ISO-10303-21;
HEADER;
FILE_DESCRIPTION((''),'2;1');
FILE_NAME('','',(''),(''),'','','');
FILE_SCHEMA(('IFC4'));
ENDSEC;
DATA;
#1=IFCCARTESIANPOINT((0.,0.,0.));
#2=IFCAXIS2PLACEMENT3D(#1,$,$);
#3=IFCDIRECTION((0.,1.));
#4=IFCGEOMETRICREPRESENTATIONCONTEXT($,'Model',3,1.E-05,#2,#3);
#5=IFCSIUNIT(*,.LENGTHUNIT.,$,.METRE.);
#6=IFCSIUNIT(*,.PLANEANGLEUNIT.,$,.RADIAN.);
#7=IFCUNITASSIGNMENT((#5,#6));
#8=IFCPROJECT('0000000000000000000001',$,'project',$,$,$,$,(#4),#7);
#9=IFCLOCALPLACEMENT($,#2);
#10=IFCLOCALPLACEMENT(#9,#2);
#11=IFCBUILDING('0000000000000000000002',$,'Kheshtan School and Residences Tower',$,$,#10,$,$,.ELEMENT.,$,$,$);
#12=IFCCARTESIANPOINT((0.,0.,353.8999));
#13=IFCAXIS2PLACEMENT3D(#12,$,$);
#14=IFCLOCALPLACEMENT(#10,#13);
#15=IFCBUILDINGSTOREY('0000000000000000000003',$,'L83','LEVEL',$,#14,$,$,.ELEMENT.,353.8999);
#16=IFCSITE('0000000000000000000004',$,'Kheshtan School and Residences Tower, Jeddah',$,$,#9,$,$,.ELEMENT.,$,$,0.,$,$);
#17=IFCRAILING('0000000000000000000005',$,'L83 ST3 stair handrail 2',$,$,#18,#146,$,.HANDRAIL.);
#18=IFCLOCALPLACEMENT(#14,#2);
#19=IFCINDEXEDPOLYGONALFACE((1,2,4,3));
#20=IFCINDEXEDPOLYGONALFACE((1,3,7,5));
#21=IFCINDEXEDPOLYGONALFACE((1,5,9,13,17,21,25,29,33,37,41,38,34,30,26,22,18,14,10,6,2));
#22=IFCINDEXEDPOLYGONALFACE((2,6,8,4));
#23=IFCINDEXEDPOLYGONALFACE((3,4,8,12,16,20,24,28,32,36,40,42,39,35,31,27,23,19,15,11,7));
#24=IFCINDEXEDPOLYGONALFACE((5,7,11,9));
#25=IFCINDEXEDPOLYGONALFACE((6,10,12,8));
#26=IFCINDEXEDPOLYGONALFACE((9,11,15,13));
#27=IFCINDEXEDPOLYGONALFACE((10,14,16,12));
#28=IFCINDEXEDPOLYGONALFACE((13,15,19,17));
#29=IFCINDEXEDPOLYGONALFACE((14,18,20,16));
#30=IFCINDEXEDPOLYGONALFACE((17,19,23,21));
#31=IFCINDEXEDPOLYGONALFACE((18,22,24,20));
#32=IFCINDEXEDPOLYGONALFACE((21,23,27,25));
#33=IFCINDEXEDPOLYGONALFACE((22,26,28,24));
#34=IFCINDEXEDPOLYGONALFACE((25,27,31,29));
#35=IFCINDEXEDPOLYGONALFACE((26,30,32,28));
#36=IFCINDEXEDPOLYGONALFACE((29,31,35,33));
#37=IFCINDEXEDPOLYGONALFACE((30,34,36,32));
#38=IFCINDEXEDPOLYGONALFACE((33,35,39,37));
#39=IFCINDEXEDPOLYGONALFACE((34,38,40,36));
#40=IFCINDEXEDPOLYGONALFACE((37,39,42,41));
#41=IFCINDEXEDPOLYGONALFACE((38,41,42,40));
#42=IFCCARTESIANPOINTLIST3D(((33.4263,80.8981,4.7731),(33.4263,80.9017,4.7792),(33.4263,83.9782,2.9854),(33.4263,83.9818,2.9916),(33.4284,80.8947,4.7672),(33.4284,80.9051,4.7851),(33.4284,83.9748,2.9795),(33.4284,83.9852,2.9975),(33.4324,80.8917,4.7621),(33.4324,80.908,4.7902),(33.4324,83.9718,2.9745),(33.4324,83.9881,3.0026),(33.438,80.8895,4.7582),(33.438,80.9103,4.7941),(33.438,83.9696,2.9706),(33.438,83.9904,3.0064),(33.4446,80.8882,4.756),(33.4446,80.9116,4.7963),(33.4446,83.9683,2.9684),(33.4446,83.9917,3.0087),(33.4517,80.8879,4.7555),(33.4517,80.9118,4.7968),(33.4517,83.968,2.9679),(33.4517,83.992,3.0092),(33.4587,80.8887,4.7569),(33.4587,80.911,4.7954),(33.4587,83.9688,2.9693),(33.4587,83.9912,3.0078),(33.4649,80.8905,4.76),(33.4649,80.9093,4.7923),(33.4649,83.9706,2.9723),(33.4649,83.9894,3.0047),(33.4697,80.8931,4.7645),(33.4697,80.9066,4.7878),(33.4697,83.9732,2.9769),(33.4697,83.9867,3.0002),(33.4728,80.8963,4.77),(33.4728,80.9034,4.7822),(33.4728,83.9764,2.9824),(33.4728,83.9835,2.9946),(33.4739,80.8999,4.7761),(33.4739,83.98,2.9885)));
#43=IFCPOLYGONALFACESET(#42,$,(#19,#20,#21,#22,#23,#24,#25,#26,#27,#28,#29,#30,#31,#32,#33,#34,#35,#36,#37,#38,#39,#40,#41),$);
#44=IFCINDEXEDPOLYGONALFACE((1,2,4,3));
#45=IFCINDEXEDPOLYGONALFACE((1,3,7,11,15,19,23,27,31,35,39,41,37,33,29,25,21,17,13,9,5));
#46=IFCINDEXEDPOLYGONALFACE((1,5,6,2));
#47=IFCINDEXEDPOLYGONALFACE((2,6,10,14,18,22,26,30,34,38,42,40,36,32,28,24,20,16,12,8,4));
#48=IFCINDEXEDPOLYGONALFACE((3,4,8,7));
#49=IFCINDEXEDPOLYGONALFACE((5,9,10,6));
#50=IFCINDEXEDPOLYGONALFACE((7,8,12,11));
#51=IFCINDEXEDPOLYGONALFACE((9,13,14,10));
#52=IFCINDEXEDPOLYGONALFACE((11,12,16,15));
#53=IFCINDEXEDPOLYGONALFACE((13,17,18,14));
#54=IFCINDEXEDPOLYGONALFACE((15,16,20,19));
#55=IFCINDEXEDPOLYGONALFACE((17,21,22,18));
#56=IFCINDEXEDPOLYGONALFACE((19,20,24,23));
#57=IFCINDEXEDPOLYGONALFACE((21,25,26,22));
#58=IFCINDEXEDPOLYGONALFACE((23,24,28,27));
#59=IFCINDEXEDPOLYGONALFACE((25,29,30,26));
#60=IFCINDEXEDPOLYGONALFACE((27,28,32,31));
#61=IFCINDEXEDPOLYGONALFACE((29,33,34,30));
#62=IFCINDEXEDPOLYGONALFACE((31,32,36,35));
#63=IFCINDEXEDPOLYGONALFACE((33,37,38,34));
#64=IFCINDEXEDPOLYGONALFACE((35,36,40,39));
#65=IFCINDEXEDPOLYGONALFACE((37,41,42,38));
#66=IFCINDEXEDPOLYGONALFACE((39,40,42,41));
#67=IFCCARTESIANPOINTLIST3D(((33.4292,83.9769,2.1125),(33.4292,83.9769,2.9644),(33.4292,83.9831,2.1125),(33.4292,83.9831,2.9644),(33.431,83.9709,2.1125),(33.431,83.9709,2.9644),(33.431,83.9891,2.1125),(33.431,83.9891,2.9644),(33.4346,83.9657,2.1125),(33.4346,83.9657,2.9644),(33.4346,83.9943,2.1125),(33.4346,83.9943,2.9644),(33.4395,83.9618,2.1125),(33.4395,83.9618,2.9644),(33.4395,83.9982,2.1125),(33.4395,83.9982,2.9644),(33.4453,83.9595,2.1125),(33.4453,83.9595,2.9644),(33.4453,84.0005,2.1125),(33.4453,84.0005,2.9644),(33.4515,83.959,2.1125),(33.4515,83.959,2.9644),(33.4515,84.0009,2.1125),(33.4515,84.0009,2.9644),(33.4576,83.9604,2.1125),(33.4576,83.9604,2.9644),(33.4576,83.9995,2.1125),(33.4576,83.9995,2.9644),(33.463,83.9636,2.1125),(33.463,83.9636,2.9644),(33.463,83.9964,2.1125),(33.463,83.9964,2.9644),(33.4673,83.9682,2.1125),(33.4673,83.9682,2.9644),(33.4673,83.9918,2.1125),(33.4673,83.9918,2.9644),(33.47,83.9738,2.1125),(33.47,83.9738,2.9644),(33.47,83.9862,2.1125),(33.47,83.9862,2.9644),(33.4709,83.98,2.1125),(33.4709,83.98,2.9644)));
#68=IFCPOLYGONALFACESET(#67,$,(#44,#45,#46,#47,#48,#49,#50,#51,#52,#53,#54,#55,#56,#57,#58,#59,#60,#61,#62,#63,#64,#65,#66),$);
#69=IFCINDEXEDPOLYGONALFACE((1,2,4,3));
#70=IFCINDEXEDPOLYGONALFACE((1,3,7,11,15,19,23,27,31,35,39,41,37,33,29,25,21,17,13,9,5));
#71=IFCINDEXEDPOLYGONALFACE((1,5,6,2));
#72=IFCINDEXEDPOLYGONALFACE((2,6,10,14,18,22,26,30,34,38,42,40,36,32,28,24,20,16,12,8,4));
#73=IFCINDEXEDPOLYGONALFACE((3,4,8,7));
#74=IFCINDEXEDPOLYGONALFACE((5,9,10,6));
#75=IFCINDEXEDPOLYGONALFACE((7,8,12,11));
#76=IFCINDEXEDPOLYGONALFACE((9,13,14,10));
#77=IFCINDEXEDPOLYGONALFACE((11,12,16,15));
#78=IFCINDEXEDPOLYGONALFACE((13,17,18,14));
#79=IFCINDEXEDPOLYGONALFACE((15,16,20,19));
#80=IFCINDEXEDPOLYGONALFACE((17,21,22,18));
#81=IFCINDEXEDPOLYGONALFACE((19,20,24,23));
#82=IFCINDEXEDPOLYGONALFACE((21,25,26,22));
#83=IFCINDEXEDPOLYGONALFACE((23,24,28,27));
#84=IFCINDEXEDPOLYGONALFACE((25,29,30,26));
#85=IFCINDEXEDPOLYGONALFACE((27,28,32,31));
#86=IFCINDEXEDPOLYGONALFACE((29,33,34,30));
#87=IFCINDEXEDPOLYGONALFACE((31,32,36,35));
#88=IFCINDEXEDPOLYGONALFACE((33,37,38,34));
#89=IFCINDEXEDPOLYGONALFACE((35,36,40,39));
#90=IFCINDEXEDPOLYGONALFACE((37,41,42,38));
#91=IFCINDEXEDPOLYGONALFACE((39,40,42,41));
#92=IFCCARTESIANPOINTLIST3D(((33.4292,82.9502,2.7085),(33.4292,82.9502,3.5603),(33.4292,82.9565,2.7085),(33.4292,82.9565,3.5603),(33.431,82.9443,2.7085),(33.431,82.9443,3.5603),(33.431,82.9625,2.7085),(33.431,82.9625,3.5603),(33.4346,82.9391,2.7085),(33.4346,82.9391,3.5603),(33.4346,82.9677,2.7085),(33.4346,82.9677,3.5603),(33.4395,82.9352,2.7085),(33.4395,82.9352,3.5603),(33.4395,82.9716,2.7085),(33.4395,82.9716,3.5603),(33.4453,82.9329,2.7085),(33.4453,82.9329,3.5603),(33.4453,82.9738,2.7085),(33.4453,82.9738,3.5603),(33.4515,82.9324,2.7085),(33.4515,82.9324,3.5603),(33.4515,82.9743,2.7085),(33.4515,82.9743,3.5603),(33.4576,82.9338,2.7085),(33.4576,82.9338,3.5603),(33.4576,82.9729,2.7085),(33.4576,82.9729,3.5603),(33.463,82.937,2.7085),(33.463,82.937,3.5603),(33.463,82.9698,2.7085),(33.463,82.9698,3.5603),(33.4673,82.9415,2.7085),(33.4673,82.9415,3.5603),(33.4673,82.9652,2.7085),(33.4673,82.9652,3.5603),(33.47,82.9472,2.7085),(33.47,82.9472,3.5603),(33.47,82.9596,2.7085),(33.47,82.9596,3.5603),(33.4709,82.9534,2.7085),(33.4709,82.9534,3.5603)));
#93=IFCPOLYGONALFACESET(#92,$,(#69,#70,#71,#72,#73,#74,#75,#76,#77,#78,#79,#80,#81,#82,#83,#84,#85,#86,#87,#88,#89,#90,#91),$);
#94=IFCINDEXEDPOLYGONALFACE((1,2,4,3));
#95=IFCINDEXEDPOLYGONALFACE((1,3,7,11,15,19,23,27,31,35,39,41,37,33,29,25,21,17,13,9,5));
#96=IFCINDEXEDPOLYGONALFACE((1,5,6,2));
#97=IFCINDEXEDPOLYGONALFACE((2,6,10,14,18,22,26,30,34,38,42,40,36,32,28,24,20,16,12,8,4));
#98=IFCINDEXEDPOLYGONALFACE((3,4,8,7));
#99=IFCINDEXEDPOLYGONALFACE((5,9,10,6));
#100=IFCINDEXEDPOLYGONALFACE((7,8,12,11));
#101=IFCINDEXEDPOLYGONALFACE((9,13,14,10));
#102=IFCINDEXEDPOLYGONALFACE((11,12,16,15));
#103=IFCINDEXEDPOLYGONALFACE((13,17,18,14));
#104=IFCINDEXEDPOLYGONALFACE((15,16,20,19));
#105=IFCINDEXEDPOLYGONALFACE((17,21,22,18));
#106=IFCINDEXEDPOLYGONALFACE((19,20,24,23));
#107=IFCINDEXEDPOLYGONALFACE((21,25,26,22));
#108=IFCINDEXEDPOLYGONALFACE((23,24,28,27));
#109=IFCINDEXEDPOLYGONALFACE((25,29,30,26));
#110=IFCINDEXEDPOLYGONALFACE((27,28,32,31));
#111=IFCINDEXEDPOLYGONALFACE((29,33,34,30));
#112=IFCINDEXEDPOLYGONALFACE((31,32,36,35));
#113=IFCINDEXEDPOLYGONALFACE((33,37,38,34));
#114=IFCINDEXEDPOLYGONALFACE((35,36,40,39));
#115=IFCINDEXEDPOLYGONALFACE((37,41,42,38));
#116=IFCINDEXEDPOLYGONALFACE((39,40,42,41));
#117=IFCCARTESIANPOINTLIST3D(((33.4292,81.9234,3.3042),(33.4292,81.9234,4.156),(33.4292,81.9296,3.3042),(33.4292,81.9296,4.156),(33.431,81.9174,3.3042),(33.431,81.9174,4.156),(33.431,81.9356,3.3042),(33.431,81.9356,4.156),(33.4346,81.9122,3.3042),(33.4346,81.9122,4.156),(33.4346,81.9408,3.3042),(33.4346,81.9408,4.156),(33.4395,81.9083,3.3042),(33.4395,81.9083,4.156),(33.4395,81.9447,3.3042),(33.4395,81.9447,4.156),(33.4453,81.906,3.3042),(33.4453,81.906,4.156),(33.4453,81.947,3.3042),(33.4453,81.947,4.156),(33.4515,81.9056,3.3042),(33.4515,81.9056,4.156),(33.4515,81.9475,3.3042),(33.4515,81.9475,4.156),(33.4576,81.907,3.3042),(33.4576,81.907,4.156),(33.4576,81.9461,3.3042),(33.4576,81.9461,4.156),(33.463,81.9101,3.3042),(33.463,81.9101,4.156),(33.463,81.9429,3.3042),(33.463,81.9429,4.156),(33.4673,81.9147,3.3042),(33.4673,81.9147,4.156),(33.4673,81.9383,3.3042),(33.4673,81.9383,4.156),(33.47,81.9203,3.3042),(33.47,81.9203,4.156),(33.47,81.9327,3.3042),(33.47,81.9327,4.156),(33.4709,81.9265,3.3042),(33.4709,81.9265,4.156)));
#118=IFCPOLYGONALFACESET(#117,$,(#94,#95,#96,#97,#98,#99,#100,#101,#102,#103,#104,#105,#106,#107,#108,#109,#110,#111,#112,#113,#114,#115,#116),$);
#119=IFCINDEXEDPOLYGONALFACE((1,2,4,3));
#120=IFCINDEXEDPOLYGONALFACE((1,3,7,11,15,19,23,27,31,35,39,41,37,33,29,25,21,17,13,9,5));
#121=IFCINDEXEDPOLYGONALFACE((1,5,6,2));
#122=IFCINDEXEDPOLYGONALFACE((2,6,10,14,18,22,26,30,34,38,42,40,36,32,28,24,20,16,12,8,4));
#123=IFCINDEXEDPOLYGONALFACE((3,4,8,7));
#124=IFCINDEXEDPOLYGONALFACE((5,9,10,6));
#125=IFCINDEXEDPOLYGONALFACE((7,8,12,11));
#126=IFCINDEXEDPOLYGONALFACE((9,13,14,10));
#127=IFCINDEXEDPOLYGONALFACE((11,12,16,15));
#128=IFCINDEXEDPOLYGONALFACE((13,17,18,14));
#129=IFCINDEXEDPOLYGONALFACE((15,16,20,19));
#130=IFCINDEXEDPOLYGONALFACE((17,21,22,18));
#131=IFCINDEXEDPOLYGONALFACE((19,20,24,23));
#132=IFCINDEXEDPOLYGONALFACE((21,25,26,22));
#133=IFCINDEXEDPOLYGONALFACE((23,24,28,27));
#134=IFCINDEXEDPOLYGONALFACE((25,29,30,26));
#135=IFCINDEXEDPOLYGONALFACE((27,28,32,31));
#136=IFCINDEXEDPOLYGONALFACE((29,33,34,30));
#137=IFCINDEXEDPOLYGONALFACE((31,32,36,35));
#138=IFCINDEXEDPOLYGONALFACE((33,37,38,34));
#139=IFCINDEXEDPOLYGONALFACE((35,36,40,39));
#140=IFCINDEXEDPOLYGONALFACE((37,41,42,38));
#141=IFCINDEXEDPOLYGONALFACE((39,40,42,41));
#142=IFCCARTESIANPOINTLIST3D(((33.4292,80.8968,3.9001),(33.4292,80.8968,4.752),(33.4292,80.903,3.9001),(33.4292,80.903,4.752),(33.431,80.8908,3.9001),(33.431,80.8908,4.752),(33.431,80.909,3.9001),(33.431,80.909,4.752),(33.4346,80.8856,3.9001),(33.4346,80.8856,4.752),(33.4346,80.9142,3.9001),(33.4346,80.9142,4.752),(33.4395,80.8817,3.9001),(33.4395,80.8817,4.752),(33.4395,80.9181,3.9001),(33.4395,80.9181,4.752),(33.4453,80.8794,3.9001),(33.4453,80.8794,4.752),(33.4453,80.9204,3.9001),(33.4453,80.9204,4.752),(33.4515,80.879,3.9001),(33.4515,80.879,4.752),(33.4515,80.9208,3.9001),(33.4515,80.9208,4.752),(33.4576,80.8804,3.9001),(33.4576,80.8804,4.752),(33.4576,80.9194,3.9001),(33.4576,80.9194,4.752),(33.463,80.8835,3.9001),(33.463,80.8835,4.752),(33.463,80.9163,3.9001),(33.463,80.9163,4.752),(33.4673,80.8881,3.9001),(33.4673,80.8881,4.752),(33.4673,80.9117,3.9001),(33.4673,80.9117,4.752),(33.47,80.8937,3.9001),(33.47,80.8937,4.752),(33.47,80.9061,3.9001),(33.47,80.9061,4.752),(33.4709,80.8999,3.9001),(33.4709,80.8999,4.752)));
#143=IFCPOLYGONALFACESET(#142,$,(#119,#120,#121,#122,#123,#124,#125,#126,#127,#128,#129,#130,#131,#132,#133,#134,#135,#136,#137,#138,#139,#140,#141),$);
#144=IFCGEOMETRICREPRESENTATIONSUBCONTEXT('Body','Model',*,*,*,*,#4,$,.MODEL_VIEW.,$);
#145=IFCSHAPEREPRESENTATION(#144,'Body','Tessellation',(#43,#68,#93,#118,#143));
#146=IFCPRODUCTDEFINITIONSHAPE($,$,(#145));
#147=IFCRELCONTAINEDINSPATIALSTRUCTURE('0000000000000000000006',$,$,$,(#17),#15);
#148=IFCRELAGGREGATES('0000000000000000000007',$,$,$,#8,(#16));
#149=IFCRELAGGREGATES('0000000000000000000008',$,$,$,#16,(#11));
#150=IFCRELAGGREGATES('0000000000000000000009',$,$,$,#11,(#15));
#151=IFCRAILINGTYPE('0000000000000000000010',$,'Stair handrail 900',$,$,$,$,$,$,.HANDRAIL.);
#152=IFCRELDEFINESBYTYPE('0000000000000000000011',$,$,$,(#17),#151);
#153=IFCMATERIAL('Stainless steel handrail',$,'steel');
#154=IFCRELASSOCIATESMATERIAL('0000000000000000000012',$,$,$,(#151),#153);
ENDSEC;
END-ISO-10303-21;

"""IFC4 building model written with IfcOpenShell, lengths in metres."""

from ifc_helpers import new_model, si_unit, direction, frame, origin, origin_2d, place, context, subcontext, project, spatial, circle, extrude, material, type_object, element, save


model = new_model("IFC4")

# Units and contexts
model_context = context("Model", 3, precision=1e-05, world=origin(), true_north=direction((0.0, 1.0)))
body_context = subcontext(model_context, "Body", "Model", "MODEL_VIEW")
ifc_project = project(units=[si_unit("LENGTHUNIT", "METRE"), si_unit("PLANEANGLEUNIT", "RADIAN")], contexts=[model_context])

# Site, building, storey
site_placement = place(None, origin())
site = spatial("IfcSite", under=ifc_project, at=site_placement, Name="Kheshtan School and Residences Tower, Jeddah", CompositionType="ELEMENT", RefElevation=0.0)
building_placement = place(site_placement, origin())
building = spatial("IfcBuilding", under=site, at=building_placement, Name="Kheshtan School and Residences Tower", CompositionType="ELEMENT")
storey_placement = place(building_placement, frame((0.0, 0.0, 353.8999)))
storey = spatial("IfcBuildingStorey", under=building, at=storey_placement, Name="L83", Description="LEVEL", CompositionType="ELEMENT", Elevation=353.8999)

# Railing
ifc_material_1 = material(Name="Stainless steel handrail", Category="steel")
railing_type_1 = type_object("IfcRailingType", Name="Stair handrail 900", PredefinedType="HANDRAIL", material=ifc_material_1)
railing_1_placement = place(storey_placement, frame((33.45, 83.98, 2.1125)))
element("IfcRailing", 1, at=railing_1_placement, inside=storey, type_object=railing_type_1, Name="L83 ST3 stair handrail 2", PredefinedType="HANDRAIL", context=body_context, shape_type="SweptSolid", body=[
    extrude(circle(Radius=0.0239, at=origin_2d()), frame((0.0, 0.0, 0.876), z_axis=(0.0, -0.864891, 0.50196), x_axis=(1.0, 0.0, 0.0)), (0.0, 0.0, 1.0), 3.5613),
    extrude(circle(Radius=0.021, at=origin_2d()), origin(), (0.0, 0.0, 1.0), 0.8518),
    extrude(circle(Radius=0.021, at=origin_2d()), frame((0.0, -1.0266, 0.5959)), (0.0, 0.0, 1.0), 0.8518),
    extrude(circle(Radius=0.021, at=origin_2d()), frame((0.0, -2.0535, 1.1917)), (0.0, 0.0, 1.0), 0.8518),
    extrude(circle(Radius=0.021, at=origin_2d()), frame((0.0, -3.0801, 1.7876)), (0.0, 0.0, 1.0), 0.8518),
])

save(model, "model.ifc")
